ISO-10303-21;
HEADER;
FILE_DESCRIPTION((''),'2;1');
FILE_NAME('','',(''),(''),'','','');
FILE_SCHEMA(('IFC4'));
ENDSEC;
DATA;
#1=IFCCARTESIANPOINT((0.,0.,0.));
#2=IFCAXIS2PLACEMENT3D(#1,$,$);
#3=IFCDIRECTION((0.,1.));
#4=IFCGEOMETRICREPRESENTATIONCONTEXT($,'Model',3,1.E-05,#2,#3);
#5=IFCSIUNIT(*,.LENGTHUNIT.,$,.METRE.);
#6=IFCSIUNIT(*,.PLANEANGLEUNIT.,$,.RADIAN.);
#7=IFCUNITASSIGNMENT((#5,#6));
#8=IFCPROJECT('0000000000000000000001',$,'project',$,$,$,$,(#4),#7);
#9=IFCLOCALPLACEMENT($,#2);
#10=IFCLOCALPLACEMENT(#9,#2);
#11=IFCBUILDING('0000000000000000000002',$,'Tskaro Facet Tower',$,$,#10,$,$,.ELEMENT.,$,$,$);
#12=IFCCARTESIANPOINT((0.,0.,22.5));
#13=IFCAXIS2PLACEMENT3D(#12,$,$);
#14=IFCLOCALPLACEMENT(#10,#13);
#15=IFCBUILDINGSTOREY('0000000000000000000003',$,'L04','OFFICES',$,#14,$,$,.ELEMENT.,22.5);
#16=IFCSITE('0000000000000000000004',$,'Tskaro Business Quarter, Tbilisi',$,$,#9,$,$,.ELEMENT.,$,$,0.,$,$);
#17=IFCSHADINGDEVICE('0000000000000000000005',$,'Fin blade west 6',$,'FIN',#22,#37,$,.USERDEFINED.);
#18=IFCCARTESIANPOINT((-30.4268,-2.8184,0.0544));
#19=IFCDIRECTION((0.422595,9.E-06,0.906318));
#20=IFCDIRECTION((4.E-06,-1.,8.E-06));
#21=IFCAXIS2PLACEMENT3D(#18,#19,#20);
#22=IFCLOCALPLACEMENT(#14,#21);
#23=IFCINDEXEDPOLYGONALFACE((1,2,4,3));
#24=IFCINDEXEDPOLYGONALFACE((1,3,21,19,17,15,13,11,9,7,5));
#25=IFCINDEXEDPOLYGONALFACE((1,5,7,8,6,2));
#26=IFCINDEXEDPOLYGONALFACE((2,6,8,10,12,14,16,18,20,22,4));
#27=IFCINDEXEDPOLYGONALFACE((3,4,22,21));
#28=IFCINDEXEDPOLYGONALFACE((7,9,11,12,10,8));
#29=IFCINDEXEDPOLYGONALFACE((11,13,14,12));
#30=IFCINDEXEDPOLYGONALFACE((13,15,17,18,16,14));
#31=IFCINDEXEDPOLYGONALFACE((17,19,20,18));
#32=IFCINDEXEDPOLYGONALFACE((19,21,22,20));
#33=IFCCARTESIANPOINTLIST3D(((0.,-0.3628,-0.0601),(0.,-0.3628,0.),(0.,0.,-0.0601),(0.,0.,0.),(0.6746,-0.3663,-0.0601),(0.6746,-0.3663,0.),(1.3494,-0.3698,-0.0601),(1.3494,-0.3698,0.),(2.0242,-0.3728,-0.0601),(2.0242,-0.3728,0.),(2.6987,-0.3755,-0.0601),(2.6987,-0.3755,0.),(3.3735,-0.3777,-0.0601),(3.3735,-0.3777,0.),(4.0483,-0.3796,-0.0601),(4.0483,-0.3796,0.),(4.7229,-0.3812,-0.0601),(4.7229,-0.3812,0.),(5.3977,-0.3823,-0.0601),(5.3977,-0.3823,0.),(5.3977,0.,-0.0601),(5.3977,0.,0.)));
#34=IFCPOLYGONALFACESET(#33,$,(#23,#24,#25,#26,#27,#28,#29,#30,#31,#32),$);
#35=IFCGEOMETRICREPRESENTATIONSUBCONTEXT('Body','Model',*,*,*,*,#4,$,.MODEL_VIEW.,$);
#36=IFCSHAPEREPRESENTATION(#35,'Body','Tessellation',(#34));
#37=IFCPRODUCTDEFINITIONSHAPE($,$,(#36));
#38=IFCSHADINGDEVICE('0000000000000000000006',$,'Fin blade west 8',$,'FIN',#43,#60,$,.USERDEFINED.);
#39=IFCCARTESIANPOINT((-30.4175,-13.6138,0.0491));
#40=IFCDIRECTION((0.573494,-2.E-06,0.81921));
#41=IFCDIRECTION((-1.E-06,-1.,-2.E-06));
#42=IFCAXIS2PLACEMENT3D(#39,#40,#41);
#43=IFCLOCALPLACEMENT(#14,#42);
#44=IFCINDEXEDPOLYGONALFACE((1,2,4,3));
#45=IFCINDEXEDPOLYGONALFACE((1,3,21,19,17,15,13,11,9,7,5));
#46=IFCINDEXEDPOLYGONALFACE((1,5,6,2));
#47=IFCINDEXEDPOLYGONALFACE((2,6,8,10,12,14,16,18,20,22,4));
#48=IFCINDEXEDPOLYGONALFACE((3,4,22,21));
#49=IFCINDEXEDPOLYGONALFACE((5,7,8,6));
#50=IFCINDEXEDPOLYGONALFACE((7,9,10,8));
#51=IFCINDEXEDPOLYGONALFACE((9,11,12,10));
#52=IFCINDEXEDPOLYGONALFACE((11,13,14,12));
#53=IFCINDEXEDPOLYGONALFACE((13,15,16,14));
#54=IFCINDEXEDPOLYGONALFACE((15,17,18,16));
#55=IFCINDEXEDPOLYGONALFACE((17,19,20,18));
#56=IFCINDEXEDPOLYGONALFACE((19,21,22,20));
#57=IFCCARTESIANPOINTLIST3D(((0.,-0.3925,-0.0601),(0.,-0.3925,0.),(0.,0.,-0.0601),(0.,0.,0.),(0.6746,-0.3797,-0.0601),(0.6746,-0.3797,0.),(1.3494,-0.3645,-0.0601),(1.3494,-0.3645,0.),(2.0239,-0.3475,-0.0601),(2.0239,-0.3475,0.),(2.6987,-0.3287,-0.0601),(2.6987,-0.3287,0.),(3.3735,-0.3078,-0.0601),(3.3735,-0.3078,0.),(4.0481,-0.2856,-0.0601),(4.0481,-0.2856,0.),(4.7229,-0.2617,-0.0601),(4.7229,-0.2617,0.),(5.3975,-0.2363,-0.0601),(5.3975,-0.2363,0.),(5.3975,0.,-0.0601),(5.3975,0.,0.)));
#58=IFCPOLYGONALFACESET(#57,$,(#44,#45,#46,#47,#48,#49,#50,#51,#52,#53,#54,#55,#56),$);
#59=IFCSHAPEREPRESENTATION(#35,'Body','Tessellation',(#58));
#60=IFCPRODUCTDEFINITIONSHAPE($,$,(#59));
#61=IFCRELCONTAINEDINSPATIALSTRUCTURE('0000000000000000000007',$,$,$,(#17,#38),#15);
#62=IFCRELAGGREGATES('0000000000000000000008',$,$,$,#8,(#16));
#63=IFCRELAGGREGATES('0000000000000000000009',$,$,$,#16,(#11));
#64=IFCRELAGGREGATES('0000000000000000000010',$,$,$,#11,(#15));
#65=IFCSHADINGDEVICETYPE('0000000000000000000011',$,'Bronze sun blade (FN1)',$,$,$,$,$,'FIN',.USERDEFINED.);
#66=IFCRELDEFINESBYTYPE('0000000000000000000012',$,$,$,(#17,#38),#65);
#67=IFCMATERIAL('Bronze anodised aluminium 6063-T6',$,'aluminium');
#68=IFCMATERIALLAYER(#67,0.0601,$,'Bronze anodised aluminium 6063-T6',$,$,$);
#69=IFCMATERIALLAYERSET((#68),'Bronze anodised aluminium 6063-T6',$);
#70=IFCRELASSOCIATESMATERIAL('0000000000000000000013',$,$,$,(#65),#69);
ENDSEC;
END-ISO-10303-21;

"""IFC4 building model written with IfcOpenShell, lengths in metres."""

from ifc_helpers import new_model, si_unit, direction, frame, origin, place, context, subcontext, project, spatial, polyline, outline, extrude, material, layer, layer_set, type_object, element, save


model = new_model("IFC4")

# Units and contexts
model_context = context("Model", 3, precision=1e-05, world=origin(), true_north=direction((0.0, 1.0)))
body_context = subcontext(model_context, "Body", "Model", "MODEL_VIEW")
ifc_project = project(units=[si_unit("LENGTHUNIT", "METRE"), si_unit("PLANEANGLEUNIT", "RADIAN")], contexts=[model_context])

# Site, building, storey
site_placement = place(None, origin())
site = spatial("IfcSite", under=ifc_project, at=site_placement, Name="Tskaro Business Quarter, Tbilisi", CompositionType="ELEMENT", RefElevation=0.0)
building_placement = place(site_placement, origin())
building = spatial("IfcBuilding", under=site, at=building_placement, Name="Tskaro Facet Tower", CompositionType="ELEMENT")
storey_placement = place(building_placement, frame((0.0, 0.0, 22.5)))
storey = spatial("IfcBuildingStorey", under=building, at=storey_placement, Name="L04", Description="OFFICES", CompositionType="ELEMENT", Elevation=22.5)

# Shared definitions
ifc_material_1 = material(Name="Bronze anodised aluminium 6063-T6", Category="aluminium")

# Shading devices
ifc_layer_1 = layer(ifc_material_1, 0.0601, Name="Bronze anodised aluminium 6063-T6")
ifc_layer_set_1 = layer_set([ifc_layer_1], Name="Bronze anodised aluminium 6063-T6")
shading_device_type = type_object("IfcShadingDeviceType", Name="Bronze sun blade (FN1)", ElementType="FIN", PredefinedType="USERDEFINED", material=ifc_layer_set_1)
shading_device_1_placement = place(storey_placement, frame((-30.4268, -2.8184, 0.0544), z_axis=(0.422595, 0.000009, 0.906318), x_axis=(0.000004, -1.0, 0.000008)))
element("IfcShadingDevice", 1, at=shading_device_1_placement, inside=storey, type_object=shading_device_type, Name="Fin blade west 6", ObjectType="FIN", PredefinedType="USERDEFINED", context=body_context, shape_type="SweptSolid", body=[
    extrude(outline(polyline([(0.0, 0.0), (5.3977, 0.0), (5.3977, -0.3823), (4.7229, -0.3812), (4.0483, -0.3796), (3.3735, -0.3777), (2.6987, -0.3755), (2.0242, -0.3728), (1.3494, -0.3698), (0.6746, -0.3663), (0.0, -0.3628), (0.0, 0.0)])), origin(), (0.0, 0.0, -1.0), 0.0601),
])
shading_device_2_placement = place(storey_placement, frame((-30.4175, -13.6138, 0.0491), z_axis=(0.573494, -0.000002, 0.81921), x_axis=(-0.000001, -1.0, -0.000002)))
element("IfcShadingDevice", 2, at=shading_device_2_placement, inside=storey, type_object=shading_device_type, Name="Fin blade west 8", ObjectType="FIN", PredefinedType="USERDEFINED", context=body_context, shape_type="SweptSolid", body=[
    extrude(outline(polyline([(0.0, 0.0), (5.3975, 0.0), (5.3975, -0.2363), (4.7229, -0.2617), (4.0481, -0.2856), (3.3735, -0.3078), (2.6987, -0.3287), (2.0239, -0.3475), (1.3494, -0.3645), (0.6746, -0.3797), (0.0, -0.3925), (0.0, 0.0)])), origin(), (0.0, 0.0, -1.0), 0.0601),
])

save(model, "model.ifc")
